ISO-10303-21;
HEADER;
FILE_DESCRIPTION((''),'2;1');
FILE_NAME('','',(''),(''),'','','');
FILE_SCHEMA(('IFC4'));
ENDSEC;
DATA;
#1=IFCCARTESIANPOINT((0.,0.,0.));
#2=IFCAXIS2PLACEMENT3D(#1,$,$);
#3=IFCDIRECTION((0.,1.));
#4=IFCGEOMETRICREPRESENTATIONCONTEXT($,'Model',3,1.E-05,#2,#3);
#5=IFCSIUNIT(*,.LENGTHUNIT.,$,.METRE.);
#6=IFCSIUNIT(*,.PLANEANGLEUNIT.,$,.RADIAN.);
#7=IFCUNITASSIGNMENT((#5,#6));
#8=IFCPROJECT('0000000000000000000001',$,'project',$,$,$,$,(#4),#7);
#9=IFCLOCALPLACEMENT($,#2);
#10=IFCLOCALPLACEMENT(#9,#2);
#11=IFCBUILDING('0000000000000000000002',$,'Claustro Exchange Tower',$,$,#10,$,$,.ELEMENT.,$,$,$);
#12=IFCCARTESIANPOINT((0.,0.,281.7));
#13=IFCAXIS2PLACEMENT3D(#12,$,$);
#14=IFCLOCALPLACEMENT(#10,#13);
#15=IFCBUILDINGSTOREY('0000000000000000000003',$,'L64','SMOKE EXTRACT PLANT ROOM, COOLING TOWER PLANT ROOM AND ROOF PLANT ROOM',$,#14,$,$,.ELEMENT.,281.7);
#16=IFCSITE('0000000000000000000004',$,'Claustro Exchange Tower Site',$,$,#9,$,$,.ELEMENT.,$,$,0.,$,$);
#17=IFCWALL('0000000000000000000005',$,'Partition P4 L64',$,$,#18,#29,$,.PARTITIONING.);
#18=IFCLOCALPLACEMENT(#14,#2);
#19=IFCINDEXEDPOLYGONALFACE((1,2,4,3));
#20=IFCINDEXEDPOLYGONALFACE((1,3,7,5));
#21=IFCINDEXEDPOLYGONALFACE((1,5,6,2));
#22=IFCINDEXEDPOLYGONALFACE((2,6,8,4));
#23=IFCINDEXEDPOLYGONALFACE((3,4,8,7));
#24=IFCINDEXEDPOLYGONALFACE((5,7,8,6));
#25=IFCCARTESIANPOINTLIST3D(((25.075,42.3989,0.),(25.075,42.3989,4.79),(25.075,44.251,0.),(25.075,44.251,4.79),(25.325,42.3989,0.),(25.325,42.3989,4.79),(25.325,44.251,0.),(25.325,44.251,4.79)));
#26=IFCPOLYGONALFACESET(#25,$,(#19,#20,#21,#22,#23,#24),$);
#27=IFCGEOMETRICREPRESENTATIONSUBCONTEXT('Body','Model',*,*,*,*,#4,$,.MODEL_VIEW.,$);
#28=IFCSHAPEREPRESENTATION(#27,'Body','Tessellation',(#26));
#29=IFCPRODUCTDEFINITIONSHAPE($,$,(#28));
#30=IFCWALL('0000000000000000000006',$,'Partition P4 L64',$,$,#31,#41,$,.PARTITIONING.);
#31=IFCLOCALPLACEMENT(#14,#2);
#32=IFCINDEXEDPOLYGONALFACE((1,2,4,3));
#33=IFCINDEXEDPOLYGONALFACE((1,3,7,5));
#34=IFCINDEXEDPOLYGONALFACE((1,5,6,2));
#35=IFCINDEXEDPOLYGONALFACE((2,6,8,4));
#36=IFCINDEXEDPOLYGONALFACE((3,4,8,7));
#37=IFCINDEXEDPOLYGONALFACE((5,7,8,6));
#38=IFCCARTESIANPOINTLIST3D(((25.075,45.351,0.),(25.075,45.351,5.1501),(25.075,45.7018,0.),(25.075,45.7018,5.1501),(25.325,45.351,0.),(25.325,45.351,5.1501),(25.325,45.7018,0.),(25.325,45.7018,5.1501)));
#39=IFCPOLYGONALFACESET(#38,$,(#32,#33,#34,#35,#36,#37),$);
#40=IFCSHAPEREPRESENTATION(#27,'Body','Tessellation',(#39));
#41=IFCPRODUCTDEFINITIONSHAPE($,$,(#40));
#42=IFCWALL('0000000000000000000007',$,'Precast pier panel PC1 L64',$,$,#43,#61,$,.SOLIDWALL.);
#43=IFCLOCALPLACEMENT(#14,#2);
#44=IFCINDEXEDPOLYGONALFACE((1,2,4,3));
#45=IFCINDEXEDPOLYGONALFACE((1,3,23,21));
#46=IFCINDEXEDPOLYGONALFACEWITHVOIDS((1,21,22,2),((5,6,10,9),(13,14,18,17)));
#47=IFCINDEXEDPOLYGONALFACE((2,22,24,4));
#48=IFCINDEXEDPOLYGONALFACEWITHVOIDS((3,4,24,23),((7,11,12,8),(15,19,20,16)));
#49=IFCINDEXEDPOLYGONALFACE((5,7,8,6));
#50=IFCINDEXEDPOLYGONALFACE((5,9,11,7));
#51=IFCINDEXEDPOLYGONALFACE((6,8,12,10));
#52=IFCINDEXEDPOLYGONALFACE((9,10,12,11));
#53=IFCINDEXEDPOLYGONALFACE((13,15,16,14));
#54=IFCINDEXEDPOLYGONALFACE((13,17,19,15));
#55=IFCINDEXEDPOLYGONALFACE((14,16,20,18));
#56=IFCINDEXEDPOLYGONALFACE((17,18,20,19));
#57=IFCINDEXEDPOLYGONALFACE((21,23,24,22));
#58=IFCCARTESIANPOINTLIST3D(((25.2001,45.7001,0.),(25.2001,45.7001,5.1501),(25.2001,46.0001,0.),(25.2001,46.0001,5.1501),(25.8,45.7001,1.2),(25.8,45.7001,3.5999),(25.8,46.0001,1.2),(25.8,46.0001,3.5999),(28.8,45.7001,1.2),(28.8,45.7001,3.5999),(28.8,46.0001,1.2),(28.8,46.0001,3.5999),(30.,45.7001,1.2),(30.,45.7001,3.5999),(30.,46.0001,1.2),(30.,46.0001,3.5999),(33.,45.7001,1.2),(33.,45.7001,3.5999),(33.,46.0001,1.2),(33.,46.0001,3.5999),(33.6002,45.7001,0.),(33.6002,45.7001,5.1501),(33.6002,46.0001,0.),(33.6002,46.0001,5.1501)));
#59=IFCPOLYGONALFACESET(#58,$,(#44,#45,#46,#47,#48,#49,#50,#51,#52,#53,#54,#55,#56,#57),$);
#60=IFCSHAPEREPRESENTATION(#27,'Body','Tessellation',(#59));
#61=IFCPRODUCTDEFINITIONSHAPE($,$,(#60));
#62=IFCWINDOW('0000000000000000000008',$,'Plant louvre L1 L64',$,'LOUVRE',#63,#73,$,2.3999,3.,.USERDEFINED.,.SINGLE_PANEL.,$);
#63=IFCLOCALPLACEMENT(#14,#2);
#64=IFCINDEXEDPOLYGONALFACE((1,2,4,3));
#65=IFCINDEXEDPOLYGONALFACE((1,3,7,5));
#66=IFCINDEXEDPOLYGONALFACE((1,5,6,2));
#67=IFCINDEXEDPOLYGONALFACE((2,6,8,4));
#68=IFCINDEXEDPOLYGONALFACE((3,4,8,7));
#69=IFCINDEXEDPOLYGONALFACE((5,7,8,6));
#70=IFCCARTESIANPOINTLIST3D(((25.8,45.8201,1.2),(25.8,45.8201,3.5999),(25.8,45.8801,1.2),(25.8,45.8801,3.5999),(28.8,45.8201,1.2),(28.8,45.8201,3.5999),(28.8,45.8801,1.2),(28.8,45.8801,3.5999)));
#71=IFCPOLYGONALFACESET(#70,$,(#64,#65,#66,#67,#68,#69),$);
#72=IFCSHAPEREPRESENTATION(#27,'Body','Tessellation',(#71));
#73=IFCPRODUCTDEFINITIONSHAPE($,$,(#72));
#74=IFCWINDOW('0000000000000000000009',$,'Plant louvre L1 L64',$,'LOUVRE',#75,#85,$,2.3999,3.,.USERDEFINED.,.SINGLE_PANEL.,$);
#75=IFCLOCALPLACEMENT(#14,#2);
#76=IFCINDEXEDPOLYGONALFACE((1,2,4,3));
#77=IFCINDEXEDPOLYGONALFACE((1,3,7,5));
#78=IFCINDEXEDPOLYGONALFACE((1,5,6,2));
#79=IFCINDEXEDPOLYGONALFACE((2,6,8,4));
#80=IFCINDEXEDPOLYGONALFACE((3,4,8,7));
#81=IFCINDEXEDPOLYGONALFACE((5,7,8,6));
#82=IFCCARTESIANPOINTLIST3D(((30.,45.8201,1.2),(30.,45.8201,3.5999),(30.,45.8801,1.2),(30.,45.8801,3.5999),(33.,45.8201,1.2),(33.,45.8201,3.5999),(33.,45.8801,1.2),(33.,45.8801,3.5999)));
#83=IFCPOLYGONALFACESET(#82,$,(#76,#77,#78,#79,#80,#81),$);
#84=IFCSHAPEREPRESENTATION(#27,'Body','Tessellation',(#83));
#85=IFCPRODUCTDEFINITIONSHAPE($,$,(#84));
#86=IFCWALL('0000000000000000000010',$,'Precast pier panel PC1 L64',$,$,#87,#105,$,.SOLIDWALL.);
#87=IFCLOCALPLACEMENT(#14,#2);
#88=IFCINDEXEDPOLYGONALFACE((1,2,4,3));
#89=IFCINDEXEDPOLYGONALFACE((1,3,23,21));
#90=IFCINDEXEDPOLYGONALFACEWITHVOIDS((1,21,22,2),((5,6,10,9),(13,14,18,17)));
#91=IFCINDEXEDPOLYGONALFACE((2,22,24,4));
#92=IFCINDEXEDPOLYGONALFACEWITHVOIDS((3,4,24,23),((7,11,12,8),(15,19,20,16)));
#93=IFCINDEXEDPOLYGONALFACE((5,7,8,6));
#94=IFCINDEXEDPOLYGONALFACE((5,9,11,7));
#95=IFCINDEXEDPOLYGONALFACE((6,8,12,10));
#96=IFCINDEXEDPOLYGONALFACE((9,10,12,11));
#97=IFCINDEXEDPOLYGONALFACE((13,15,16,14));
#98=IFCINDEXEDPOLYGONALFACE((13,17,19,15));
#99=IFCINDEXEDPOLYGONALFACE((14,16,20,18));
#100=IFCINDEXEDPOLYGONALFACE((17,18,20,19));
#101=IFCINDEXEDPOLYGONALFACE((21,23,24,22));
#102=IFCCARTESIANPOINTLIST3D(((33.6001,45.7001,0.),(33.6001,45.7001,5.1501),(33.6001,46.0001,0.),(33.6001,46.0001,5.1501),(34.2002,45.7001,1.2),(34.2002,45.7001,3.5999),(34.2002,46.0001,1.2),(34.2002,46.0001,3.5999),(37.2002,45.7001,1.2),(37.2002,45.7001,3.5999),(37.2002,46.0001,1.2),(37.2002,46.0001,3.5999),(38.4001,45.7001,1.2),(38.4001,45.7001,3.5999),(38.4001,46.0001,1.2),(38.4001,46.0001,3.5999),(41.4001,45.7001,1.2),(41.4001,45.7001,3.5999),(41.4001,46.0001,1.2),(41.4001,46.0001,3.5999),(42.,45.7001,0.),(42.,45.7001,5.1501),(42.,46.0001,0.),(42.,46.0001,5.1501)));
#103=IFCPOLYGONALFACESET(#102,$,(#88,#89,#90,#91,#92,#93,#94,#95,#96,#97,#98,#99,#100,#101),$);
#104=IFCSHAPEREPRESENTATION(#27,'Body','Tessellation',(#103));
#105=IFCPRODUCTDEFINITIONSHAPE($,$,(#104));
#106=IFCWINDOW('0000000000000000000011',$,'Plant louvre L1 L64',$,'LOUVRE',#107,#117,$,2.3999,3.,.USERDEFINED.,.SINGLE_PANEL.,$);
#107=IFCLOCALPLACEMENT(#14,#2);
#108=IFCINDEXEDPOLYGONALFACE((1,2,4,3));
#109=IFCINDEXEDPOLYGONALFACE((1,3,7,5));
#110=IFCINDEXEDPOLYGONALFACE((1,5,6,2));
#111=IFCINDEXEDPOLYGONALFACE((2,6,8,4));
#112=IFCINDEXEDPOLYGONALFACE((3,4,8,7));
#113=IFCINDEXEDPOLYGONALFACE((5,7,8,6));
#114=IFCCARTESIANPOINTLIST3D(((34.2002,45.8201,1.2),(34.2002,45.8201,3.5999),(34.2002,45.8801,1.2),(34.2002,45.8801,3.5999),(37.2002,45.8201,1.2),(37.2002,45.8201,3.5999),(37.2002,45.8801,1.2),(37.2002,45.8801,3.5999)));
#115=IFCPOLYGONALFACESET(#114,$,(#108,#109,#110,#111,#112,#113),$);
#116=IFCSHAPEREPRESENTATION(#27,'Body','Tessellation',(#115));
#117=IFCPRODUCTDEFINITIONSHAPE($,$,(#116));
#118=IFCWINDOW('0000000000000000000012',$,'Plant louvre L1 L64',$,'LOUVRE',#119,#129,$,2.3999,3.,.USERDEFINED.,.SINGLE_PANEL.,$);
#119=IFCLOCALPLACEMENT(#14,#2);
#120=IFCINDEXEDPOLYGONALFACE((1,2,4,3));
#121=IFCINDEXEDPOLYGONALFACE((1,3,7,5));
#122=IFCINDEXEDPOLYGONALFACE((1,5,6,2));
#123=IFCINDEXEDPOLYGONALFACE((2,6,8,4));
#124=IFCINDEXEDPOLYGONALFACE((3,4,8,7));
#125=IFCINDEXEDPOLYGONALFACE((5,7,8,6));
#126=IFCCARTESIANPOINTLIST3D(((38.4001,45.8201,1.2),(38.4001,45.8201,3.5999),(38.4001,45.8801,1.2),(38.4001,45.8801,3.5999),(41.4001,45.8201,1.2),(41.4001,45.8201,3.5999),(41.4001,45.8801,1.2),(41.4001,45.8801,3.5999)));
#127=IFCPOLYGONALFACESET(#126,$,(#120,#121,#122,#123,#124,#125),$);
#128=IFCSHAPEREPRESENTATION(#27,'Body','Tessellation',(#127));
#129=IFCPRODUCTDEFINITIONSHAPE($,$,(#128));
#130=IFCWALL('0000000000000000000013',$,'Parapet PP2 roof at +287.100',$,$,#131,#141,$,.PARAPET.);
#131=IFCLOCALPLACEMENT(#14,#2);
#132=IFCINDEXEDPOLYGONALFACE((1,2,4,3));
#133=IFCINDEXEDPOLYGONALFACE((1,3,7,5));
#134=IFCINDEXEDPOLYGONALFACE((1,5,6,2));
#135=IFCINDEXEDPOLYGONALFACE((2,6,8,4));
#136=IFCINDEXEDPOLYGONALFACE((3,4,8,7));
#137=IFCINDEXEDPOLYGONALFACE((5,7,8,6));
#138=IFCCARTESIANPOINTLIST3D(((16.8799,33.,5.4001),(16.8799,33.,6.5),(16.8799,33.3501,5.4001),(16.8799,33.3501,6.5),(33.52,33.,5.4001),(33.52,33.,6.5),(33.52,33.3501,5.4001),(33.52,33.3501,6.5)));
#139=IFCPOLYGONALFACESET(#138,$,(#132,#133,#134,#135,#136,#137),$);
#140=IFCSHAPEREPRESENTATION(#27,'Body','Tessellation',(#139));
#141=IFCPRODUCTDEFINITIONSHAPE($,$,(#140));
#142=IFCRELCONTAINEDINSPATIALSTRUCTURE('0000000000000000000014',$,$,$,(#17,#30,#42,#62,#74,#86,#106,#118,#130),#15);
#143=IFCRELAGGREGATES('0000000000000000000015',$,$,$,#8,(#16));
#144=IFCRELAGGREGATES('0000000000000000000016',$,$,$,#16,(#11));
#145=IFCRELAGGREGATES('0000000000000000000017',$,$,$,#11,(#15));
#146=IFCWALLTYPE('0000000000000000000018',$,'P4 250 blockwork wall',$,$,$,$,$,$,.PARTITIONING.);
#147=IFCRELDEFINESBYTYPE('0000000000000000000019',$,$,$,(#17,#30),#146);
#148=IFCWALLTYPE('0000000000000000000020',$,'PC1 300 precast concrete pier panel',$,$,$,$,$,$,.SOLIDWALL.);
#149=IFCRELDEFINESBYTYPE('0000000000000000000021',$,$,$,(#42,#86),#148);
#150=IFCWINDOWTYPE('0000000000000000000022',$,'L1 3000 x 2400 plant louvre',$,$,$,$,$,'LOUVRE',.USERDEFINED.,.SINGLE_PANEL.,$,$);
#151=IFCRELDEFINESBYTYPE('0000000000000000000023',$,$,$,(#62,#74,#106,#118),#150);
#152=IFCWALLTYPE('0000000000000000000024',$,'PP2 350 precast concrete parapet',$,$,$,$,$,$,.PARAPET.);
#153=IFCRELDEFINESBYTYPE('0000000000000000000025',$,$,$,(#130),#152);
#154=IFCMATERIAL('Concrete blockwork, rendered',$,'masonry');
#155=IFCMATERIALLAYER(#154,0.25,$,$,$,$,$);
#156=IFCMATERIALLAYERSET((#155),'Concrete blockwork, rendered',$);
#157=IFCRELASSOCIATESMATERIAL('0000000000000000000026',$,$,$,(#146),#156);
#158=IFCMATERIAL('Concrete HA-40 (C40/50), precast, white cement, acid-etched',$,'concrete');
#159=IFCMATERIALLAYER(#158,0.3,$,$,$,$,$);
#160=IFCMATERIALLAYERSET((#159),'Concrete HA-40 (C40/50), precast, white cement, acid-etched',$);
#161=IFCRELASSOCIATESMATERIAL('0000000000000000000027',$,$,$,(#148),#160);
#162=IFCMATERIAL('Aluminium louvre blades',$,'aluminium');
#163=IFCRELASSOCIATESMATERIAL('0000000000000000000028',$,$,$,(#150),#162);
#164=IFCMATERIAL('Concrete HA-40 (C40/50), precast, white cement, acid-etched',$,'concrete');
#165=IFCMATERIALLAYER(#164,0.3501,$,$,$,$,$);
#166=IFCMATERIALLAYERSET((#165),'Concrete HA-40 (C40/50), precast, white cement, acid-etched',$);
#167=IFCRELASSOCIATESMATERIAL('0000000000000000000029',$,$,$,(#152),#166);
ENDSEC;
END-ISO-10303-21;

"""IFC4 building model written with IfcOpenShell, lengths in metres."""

from ifc_helpers import new_model, si_unit, direction, frame, frame_2d, origin, place, context, subcontext, project, spatial, rectangle, extrude, material, layer, layer_set, type_object, element, fill, save


model = new_model("IFC4")

# Units and contexts
model_context = context("Model", 3, precision=1e-05, world=origin(), true_north=direction((0.0, 1.0)))
body_context = subcontext(model_context, "Body", "Model", "MODEL_VIEW")
ifc_project = project(units=[si_unit("LENGTHUNIT", "METRE"), si_unit("PLANEANGLEUNIT", "RADIAN")], contexts=[model_context])

# Site, building, storey
site_placement = place(None, origin())
site = spatial("IfcSite", under=ifc_project, at=site_placement, Name="Claustro Exchange Tower Site", CompositionType="ELEMENT", RefElevation=0.0)
building_placement = place(site_placement, origin())
building = spatial("IfcBuilding", under=site, at=building_placement, Name="Claustro Exchange Tower", CompositionType="ELEMENT")
storey_placement = place(building_placement, frame((0.0, 0.0, 281.7)))
storey = spatial("IfcBuildingStorey", under=building, at=storey_placement, Name="L64", Description="SMOKE EXTRACT PLANT ROOM, COOLING TOWER PLANT ROOM AND ROOF PLANT ROOM", CompositionType="ELEMENT", Elevation=281.7)

# Walls
ifc_material_1 = material(Name="Concrete blockwork, rendered", Category="masonry")
ifc_layer_1 = layer(ifc_material_1, 0.25)
ifc_layer_set_1 = layer_set([ifc_layer_1], Name="Concrete blockwork, rendered")
wall_type_1 = type_object("IfcWallType", Name="P4 250 blockwork wall", PredefinedType="PARTITIONING", material=ifc_layer_set_1)
wall_1_placement = place(storey_placement, frame((25.2, 42.3989, 0.0), z_axis=(0.0, 0.0, 1.0), x_axis=(0.0, 1.0, 0.0)))
element("IfcWall", 1, at=wall_1_placement, inside=storey, type_object=wall_type_1, Name="Partition P4 L64", PredefinedType="PARTITIONING", context=body_context, shape_type="SweptSolid", body=[
    extrude(rectangle(XDim=1.8521, YDim=0.25, at=frame_2d((0.926, 0.0))), origin(), (0.0, 0.0, 1.0), 4.79),
])
wall_2_placement = place(storey_placement, frame((25.2, 45.3511, 0.0), z_axis=(0.0, 0.0, 1.0), x_axis=(0.0, 1.0, 0.0)))
element("IfcWall", 2, at=wall_2_placement, inside=storey, type_object=wall_type_1, Name="Partition P4 L64", PredefinedType="PARTITIONING", context=body_context, shape_type="SweptSolid", body=[
    extrude(rectangle(XDim=0.3508, YDim=0.25, at=frame_2d((0.1753, 0.0))), origin(), (0.0, 0.0, 1.0), 5.1501),
])

# Walls, openings, windows
ifc_material_2 = material(Name="Concrete HA-40 (C40/50), precast, white cement, acid-etched", Category="concrete")
ifc_layer_2 = layer(ifc_material_2, 0.3)
ifc_layer_set_2 = layer_set([ifc_layer_2], Name="Concrete HA-40 (C40/50), precast, white cement, acid-etched")
wall_type_2 = type_object("IfcWallType", Name="PC1 300 precast concrete pier panel", PredefinedType="SOLIDWALL", material=ifc_layer_set_2)
wall_3_placement = place(storey_placement, frame((25.2, 45.8501, 0.0), z_axis=(0.0, 0.0, 1.0), x_axis=(1.0, 0.0, 0.0)))
wall_3 = element("IfcWall", 3, at=wall_3_placement, inside=storey, type_object=wall_type_2, Name="Precast pier panel PC1 L64", PredefinedType="SOLIDWALL", context=body_context, shape_type="SweptSolid", body=[
    extrude(rectangle(XDim=8.4001, YDim=0.3, at=frame_2d((4.2002, 0.0))), origin(), (0.0, 0.0, 1.0), 5.1501),
])
opening_1_placement = place(wall_3_placement, frame((0.6001, 0.0, 1.2)))
opening_1 = element("IfcOpeningElement", 4, at=opening_1_placement, cuts=wall_3, PredefinedType="OPENING", context=body_context, shape_type="SweptSolid", body=[
    extrude(rectangle(XDim=3.0, YDim=2.3999, at=frame_2d((1.5, 1.2))), frame((0.0, 0.1599, 0.0), z_axis=(0.0, -1.0, 0.0), x_axis=(1.0, 0.0, 0.0)), (0.0, 0.0, 1.0), 0.3201),
])
opening_2_placement = place(wall_3_placement, frame((4.8, 0.0, 1.2)))
opening_2 = element("IfcOpeningElement", 5, at=opening_2_placement, cuts=wall_3, PredefinedType="OPENING", context=body_context, shape_type="SweptSolid", body=[
    extrude(rectangle(XDim=3.0, YDim=2.3999, at=frame_2d((1.5, 1.2))), frame((0.0, 0.1599, 0.0), z_axis=(0.0, -1.0, 0.0), x_axis=(1.0, 0.0, 0.0)), (0.0, 0.0, 1.0), 0.3201),
])
ifc_material_3 = material(Name="Aluminium louvre blades", Category="aluminium")
window_type = type_object("IfcWindowType", Name="L1 3000 x 2400 plant louvre", ElementType="LOUVRE", PartitioningType="SINGLE_PANEL", PredefinedType="USERDEFINED", material=ifc_material_3)
window_1_placement = place(opening_1_placement, origin())
window_1 = element("IfcWindow", 6, at=window_1_placement, inside=storey, type_object=window_type, Name="Plant louvre L1 L64", ObjectType="LOUVRE", OverallHeight=2.3999, OverallWidth=3.0, PartitioningType="SINGLE_PANEL", PredefinedType="USERDEFINED", context=body_context, shape_type="SweptSolid", body=[
    extrude(rectangle(XDim=3.0, YDim=2.3999, at=frame_2d((1.5, 1.2))), frame((0.0, 0.03, 0.0), z_axis=(0.0, -1.0, 0.0), x_axis=(1.0, 0.0, 0.0)), (0.0, 0.0, 1.0), 0.0601),
])
fill(opening_1, window_1)
window_2_placement = place(opening_2_placement, origin())
window_2 = element("IfcWindow", 7, at=window_2_placement, inside=storey, type_object=window_type, Name="Plant louvre L1 L64", ObjectType="LOUVRE", OverallHeight=2.3999, OverallWidth=3.0, PartitioningType="SINGLE_PANEL", PredefinedType="USERDEFINED", context=body_context, shape_type="SweptSolid", body=[
    extrude(rectangle(XDim=3.0, YDim=2.3999, at=frame_2d((1.5, 1.2))), frame((0.0, 0.03, 0.0), z_axis=(0.0, -1.0, 0.0), x_axis=(1.0, 0.0, 0.0)), (0.0, 0.0, 1.0), 0.0601),
])
fill(opening_2, window_2)
wall_4_placement = place(storey_placement, frame((33.6001, 45.8501, 0.0), z_axis=(0.0, 0.0, 1.0), x_axis=(1.0, 0.0, 0.0)))
wall_4 = element("IfcWall", 8, at=wall_4_placement, inside=storey, type_object=wall_type_2, Name="Precast pier panel PC1 L64", PredefinedType="SOLIDWALL", context=body_context, shape_type="SweptSolid", body=[
    extrude(rectangle(XDim=8.3999, YDim=0.3, at=frame_2d((4.2, 0.0))), origin(), (0.0, 0.0, 1.0), 5.1501),
])
opening_3_placement = place(wall_4_placement, frame((0.6001, 0.0, 1.2)))
opening_3 = element("IfcOpeningElement", 9, at=opening_3_placement, cuts=wall_4, PredefinedType="OPENING", context=body_context, shape_type="SweptSolid", body=[
    extrude(rectangle(XDim=3.0, YDim=2.3999, at=frame_2d((1.5, 1.2))), frame((0.0, 0.1599, 0.0), z_axis=(0.0, -1.0, 0.0), x_axis=(1.0, 0.0, 0.0)), (0.0, 0.0, 1.0), 0.3201),
])
opening_4_placement = place(wall_4_placement, frame((4.8, 0.0, 1.2)))
opening_4 = element("IfcOpeningElement", 10, at=opening_4_placement, cuts=wall_4, PredefinedType="OPENING", context=body_context, shape_type="SweptSolid", body=[
    extrude(rectangle(XDim=3.0, YDim=2.3999, at=frame_2d((1.5, 1.2))), frame((0.0, 0.1599, 0.0), z_axis=(0.0, -1.0, 0.0), x_axis=(1.0, 0.0, 0.0)), (0.0, 0.0, 1.0), 0.3201),
])
window_3_placement = place(opening_3_placement, origin())
window_3 = element("IfcWindow", 11, at=window_3_placement, inside=storey, type_object=window_type, Name="Plant louvre L1 L64", ObjectType="LOUVRE", OverallHeight=2.3999, OverallWidth=3.0, PartitioningType="SINGLE_PANEL", PredefinedType="USERDEFINED", context=body_context, shape_type="SweptSolid", body=[
    extrude(rectangle(XDim=3.0, YDim=2.3999, at=frame_2d((1.5, 1.2))), frame((0.0, 0.03, 0.0), z_axis=(0.0, -1.0, 0.0), x_axis=(1.0, 0.0, 0.0)), (0.0, 0.0, 1.0), 0.0601),
])
fill(opening_3, window_3)
window_4_placement = place(opening_4_placement, origin())
window_4 = element("IfcWindow", 12, at=window_4_placement, inside=storey, type_object=window_type, Name="Plant louvre L1 L64", ObjectType="LOUVRE", OverallHeight=2.3999, OverallWidth=3.0, PartitioningType="SINGLE_PANEL", PredefinedType="USERDEFINED", context=body_context, shape_type="SweptSolid", body=[
    extrude(rectangle(XDim=3.0, YDim=2.3999, at=frame_2d((1.5, 1.2))), frame((0.0, 0.03, 0.0), z_axis=(0.0, -1.0, 0.0), x_axis=(1.0, 0.0, 0.0)), (0.0, 0.0, 1.0), 0.0601),
])
fill(opening_4, window_4)

# Wall
ifc_material_4 = material(Name="Concrete HA-40 (C40/50), precast, white cement, acid-etched", Category="concrete")
ifc_layer_3 = layer(ifc_material_4, 0.3501)
ifc_layer_set_3 = layer_set([ifc_layer_3], Name="Concrete HA-40 (C40/50), precast, white cement, acid-etched")
wall_type_3 = type_object("IfcWallType", Name="PP2 350 precast concrete parapet", PredefinedType="PARAPET", material=ifc_layer_set_3)
wall_5_placement = place(storey_placement, frame((33.52, 33.175, 5.4001), z_axis=(0.0, 0.0, 1.0), x_axis=(-1.0, 0.0, 0.0)))
element("IfcWall", 13, at=wall_5_placement, inside=storey, type_object=wall_type_3, Name="Parapet PP2 roof at +287.100", PredefinedType="PARAPET", context=body_context, shape_type="SweptSolid", body=[
    extrude(rectangle(XDim=16.6401, YDim=0.3501, at=frame_2d((8.3201, 0.0))), origin(), (0.0, 0.0, 1.0), 1.0999),
])

save(model, "model.ifc")
